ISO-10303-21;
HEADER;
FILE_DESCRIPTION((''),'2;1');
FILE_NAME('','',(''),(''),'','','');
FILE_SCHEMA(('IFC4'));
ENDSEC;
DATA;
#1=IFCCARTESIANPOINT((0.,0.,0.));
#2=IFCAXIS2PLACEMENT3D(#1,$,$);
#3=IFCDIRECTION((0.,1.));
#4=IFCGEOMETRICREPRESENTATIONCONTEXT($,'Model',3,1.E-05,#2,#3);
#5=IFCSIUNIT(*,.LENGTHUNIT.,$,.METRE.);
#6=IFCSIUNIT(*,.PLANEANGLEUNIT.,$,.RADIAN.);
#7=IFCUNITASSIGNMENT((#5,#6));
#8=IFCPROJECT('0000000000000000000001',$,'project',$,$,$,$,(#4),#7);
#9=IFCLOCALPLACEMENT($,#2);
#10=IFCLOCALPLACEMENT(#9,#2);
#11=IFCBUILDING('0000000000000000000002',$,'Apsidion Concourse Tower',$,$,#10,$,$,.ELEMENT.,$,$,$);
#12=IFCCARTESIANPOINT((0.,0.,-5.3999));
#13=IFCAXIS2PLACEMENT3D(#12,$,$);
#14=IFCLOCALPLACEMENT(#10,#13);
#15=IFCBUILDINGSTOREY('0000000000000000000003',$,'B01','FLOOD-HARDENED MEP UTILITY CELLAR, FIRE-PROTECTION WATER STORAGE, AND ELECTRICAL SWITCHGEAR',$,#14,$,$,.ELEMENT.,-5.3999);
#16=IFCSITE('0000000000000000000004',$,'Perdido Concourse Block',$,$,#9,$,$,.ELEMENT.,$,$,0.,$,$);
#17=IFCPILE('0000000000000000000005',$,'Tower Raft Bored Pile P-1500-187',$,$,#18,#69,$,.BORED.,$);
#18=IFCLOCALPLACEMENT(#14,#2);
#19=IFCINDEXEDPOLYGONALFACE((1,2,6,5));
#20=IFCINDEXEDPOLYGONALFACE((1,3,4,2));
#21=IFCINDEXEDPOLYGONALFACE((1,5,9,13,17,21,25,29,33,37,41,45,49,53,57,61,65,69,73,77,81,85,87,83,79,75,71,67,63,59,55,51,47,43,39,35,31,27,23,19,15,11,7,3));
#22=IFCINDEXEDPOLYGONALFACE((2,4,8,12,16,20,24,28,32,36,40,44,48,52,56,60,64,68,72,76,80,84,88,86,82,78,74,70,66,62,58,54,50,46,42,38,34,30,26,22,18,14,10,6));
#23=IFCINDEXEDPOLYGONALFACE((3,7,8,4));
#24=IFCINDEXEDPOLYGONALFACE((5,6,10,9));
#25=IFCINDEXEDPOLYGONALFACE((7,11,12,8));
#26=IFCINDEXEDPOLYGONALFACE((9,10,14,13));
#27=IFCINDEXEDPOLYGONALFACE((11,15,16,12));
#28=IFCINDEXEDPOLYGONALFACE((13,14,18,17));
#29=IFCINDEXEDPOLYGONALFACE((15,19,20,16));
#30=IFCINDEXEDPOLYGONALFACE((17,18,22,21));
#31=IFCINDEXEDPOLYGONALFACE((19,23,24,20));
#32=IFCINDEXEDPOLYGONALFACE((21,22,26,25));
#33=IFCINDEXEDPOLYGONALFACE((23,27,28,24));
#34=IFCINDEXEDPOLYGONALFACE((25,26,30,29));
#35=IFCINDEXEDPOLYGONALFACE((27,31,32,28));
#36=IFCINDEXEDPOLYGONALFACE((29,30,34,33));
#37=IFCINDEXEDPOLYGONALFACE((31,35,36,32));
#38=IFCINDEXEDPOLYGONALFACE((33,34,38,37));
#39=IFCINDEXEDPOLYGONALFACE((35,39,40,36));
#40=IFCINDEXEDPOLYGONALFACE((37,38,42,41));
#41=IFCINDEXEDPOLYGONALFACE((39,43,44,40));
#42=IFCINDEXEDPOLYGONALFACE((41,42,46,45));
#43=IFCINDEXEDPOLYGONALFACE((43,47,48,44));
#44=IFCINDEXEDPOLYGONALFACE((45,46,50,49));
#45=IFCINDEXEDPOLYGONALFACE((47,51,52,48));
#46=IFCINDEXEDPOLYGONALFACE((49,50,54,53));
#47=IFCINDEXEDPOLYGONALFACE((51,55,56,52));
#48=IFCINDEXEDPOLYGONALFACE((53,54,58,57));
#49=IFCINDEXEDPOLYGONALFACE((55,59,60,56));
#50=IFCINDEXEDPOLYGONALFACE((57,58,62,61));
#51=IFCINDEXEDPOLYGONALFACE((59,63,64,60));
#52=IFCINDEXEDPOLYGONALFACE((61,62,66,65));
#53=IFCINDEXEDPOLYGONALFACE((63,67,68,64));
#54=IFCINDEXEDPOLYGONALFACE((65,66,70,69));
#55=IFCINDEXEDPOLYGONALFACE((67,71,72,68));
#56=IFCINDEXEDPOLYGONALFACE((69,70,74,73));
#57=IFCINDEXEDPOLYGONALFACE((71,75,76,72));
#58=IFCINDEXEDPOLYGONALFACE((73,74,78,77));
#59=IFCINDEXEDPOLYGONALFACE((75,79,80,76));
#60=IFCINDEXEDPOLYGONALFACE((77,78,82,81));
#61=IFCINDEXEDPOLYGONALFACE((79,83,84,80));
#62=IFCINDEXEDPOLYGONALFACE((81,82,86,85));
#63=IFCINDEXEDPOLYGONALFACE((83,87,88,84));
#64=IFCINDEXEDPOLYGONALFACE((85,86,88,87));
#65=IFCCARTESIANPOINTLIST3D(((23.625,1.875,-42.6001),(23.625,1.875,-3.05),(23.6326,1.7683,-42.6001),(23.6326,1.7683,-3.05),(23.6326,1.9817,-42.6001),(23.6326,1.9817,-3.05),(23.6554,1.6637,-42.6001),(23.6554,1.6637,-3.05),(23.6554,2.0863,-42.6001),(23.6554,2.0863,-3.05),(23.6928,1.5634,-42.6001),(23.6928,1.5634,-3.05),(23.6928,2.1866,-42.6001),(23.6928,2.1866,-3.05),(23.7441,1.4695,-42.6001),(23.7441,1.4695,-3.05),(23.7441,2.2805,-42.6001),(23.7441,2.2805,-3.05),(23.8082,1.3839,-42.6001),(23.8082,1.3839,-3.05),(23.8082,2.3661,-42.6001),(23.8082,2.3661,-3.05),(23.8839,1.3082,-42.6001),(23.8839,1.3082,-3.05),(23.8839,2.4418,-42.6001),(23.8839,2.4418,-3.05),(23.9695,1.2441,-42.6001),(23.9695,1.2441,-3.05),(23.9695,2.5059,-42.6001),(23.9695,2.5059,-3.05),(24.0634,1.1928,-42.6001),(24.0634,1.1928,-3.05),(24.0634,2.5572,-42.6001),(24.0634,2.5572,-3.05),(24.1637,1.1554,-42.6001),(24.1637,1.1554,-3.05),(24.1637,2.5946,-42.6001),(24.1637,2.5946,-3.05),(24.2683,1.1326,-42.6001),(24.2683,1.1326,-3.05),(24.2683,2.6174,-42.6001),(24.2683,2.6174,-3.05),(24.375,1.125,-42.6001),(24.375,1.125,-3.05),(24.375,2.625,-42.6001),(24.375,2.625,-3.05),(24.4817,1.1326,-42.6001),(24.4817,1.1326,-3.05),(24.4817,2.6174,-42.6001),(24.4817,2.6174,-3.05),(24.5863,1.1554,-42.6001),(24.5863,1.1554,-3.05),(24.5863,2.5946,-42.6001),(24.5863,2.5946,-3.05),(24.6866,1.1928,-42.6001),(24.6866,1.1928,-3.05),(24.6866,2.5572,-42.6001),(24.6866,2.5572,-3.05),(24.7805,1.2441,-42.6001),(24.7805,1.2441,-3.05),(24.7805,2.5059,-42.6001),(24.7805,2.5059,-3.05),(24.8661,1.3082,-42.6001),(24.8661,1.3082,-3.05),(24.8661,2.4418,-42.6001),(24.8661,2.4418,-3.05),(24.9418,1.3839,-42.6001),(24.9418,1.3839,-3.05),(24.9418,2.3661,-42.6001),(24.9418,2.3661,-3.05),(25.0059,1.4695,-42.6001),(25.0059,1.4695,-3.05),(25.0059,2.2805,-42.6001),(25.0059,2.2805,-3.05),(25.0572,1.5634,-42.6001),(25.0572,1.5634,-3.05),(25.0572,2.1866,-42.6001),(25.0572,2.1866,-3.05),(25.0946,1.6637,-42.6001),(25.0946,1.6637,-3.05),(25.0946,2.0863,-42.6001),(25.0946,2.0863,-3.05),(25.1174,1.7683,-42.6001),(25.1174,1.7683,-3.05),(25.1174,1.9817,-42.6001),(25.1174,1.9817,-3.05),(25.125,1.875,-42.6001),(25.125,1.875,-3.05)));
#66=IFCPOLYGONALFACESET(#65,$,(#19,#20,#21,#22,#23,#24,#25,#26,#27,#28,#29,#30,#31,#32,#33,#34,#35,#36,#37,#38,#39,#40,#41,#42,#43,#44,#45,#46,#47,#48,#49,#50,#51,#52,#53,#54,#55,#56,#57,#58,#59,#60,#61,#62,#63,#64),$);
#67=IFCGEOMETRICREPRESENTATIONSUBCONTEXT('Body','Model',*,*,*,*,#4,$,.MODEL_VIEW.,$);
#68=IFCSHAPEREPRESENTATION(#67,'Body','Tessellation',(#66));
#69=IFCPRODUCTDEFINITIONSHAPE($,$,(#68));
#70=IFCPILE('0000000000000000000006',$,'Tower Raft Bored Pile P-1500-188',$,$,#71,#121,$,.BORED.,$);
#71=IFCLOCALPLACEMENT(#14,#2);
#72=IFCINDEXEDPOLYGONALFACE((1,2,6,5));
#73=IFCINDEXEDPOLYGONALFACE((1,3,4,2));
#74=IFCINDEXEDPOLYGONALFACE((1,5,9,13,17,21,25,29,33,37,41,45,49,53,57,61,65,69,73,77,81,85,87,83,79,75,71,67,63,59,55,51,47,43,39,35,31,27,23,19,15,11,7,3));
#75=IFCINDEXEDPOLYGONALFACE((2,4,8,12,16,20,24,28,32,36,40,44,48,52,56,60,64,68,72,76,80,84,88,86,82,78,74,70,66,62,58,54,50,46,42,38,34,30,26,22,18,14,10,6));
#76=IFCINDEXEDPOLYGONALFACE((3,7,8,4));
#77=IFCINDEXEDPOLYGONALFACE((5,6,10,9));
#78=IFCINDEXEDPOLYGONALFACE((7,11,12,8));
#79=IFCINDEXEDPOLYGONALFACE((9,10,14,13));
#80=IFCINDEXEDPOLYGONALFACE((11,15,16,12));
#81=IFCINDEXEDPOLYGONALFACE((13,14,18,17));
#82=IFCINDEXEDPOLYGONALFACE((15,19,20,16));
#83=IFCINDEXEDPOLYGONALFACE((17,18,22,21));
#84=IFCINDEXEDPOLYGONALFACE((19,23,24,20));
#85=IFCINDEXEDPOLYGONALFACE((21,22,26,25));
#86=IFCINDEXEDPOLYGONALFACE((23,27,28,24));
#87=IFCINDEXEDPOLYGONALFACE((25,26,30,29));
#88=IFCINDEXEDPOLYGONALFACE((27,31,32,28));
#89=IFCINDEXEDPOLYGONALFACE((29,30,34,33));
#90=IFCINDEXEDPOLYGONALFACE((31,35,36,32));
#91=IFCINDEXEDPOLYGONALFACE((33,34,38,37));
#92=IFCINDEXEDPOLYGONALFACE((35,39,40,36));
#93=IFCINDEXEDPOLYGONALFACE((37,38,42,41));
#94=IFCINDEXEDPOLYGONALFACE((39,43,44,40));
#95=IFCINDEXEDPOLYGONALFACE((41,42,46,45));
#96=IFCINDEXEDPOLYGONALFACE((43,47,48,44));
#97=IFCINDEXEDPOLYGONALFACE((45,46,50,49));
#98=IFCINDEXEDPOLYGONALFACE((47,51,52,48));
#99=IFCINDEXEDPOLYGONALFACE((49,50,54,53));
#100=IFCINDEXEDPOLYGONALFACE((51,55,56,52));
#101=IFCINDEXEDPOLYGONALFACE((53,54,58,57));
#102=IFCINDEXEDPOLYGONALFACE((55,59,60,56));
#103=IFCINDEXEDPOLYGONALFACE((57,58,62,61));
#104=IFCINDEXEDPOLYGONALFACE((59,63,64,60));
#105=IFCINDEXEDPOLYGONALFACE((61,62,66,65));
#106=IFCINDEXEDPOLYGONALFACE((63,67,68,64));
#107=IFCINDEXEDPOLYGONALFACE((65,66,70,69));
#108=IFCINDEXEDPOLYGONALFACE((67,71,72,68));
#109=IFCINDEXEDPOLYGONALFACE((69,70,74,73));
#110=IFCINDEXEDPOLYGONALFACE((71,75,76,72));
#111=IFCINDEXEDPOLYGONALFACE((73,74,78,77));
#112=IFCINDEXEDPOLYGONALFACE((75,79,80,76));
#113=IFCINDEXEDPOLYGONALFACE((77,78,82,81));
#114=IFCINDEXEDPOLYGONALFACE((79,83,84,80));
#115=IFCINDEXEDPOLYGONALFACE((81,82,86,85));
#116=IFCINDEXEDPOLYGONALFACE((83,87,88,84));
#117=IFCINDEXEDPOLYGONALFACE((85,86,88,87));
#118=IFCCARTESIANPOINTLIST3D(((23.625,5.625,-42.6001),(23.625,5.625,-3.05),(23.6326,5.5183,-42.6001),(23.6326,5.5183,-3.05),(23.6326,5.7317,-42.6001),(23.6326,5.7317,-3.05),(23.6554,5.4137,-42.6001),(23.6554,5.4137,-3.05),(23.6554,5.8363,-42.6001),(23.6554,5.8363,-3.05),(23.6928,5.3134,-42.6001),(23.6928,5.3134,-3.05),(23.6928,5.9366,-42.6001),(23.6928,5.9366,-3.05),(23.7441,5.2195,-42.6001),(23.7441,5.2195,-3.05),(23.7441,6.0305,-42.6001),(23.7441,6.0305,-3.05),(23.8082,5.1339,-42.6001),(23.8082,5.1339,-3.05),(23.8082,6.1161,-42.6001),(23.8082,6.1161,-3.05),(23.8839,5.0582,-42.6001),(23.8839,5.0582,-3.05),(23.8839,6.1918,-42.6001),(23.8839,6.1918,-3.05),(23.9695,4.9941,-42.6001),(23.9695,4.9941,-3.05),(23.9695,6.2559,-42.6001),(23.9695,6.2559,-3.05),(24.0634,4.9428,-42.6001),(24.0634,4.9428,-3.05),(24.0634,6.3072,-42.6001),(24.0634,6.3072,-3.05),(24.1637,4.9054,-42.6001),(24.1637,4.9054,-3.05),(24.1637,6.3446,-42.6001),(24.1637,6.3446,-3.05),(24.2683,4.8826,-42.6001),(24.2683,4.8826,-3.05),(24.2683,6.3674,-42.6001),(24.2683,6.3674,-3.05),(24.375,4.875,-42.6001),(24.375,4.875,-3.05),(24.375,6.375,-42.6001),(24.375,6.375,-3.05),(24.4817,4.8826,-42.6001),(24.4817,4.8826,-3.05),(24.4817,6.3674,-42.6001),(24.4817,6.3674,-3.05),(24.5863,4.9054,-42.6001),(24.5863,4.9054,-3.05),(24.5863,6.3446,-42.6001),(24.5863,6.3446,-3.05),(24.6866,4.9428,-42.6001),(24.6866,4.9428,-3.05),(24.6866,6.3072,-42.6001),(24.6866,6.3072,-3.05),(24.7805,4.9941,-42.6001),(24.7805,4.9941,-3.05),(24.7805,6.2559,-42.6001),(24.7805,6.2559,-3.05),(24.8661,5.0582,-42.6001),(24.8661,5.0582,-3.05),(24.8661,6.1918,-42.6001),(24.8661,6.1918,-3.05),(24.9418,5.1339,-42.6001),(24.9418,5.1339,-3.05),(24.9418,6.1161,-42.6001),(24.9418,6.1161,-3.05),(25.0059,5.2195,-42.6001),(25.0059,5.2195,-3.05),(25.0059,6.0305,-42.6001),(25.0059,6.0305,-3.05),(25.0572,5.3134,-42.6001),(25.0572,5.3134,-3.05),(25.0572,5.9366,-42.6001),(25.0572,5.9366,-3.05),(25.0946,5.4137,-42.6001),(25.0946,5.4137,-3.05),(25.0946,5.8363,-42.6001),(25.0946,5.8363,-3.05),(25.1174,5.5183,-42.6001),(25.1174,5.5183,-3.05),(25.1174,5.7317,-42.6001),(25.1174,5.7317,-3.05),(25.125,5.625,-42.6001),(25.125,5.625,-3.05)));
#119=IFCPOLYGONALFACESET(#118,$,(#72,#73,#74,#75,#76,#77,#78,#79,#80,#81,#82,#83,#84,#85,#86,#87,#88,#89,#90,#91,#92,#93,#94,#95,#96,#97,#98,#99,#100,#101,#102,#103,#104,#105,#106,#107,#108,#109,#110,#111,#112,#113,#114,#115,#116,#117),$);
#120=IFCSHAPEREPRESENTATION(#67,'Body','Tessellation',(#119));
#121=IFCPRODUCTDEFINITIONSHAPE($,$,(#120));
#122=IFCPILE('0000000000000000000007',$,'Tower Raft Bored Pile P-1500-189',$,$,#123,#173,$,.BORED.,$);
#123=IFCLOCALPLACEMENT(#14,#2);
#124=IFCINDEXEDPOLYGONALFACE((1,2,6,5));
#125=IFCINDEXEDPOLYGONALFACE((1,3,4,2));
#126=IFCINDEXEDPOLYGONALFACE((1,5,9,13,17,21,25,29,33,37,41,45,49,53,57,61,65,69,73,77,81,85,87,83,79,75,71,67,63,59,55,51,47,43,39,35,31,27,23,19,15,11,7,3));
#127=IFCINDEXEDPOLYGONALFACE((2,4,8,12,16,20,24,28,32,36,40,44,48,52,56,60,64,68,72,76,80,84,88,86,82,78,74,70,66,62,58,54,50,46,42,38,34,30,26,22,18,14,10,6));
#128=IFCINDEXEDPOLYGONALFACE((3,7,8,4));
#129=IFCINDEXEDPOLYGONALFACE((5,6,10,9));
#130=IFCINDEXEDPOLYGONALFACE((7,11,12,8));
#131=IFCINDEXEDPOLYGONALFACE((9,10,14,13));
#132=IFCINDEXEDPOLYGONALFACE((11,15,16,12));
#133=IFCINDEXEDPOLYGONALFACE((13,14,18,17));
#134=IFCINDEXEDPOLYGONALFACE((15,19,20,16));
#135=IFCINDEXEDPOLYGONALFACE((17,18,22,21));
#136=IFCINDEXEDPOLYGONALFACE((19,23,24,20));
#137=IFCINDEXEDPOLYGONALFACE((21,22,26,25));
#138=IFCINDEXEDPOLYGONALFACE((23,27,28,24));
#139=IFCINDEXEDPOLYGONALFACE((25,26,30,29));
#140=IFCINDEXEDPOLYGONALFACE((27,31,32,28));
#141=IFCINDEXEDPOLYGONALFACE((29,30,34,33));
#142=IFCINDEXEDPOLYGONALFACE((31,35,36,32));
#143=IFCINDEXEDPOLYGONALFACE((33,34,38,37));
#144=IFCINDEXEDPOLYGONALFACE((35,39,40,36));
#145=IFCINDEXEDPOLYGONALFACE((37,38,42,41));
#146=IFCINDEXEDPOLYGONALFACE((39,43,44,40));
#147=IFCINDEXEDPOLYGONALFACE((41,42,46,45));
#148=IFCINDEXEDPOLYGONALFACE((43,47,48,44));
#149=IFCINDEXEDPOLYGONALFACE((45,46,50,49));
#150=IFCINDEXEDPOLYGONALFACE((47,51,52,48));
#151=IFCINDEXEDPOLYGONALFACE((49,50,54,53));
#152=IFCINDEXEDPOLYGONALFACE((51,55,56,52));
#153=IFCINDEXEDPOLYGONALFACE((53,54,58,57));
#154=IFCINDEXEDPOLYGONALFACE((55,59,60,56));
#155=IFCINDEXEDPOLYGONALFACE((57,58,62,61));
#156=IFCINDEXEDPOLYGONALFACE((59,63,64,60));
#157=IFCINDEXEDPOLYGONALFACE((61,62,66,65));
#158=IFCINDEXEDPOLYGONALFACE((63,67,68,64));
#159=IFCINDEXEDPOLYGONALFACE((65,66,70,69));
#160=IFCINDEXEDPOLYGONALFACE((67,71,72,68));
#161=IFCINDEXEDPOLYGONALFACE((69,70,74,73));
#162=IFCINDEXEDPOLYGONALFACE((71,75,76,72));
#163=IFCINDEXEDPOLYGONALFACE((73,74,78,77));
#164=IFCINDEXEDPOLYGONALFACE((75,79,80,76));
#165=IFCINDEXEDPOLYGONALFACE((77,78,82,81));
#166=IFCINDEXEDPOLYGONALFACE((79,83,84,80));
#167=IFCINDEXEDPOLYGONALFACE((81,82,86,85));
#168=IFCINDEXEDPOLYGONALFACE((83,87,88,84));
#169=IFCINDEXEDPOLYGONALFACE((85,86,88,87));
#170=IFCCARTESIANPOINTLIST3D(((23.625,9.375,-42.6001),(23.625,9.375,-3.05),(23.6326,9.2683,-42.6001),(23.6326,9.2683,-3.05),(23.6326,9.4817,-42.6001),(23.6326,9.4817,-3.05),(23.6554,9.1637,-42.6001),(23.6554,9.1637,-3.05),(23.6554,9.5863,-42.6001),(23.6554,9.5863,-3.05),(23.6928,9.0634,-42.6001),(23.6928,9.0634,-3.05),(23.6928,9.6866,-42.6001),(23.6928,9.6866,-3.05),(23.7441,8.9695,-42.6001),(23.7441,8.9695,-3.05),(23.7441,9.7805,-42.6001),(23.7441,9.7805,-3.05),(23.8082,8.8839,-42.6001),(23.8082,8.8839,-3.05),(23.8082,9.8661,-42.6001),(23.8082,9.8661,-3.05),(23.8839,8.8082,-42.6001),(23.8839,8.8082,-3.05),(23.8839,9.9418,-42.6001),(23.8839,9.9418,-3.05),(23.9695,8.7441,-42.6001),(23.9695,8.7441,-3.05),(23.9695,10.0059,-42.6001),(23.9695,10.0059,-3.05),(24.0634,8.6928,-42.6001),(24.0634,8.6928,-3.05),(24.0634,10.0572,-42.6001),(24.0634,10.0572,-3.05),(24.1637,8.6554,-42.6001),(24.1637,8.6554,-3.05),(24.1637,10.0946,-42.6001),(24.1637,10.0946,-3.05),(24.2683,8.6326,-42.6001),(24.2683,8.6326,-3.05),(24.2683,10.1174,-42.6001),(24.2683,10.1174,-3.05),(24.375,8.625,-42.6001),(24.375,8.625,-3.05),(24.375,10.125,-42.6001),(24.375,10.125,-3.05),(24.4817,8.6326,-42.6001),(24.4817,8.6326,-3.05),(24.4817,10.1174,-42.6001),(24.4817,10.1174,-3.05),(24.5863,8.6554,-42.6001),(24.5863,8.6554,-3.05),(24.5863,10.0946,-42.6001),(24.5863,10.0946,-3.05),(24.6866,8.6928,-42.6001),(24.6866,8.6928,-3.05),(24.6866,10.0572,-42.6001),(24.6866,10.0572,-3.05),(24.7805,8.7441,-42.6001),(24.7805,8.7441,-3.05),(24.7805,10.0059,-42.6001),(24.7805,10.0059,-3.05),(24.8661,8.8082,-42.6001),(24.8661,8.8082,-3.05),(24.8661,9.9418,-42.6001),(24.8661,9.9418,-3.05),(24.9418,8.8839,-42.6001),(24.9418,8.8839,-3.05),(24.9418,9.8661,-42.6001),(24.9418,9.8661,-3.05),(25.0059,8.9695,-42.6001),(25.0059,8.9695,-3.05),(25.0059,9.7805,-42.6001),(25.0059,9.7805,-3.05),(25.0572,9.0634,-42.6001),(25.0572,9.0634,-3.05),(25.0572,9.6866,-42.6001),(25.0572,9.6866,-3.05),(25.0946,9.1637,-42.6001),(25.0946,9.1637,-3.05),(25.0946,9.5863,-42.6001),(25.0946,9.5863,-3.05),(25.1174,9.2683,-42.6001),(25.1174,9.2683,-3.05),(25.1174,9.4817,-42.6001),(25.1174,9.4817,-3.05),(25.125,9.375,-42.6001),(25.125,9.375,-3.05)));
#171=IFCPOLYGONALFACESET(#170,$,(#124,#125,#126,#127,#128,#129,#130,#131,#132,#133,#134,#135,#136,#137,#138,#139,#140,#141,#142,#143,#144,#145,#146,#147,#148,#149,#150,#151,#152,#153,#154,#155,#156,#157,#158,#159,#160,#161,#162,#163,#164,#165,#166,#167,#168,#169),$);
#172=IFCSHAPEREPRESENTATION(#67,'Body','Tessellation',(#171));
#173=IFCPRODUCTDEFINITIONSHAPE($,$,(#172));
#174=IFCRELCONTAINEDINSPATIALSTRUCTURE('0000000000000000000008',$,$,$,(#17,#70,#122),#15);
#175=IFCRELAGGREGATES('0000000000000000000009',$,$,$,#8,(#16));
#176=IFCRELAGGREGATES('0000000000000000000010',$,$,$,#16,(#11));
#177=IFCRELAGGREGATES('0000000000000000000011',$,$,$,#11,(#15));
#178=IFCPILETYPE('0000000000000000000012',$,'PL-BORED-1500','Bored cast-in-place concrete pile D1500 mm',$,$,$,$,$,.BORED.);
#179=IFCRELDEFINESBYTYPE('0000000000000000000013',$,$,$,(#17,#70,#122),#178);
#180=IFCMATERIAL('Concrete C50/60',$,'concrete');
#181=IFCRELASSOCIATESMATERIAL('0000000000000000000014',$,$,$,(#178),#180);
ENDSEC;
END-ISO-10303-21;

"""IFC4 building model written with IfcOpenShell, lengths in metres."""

from ifc_helpers import new_model, si_unit, direction, frame, origin, origin_2d, place, context, subcontext, project, spatial, circle, extrude, material, material_profile, profile_set, type_object, element, save


model = new_model("IFC4")

# Units and contexts
model_context = context("Model", 3, precision=1e-05, world=origin(), true_north=direction((0.0, 1.0)))
body_context = subcontext(model_context, "Body", "Model", "MODEL_VIEW")
ifc_project = project(units=[si_unit("LENGTHUNIT", "METRE"), si_unit("PLANEANGLEUNIT", "RADIAN")], contexts=[model_context])

# Site, building, storey
site_placement = place(None, origin())
site = spatial("IfcSite", under=ifc_project, at=site_placement, Name="Perdido Concourse Block", CompositionType="ELEMENT", RefElevation=0.0)
building_placement = place(site_placement, origin())
building = spatial("IfcBuilding", under=site, at=building_placement, Name="Apsidion Concourse Tower", CompositionType="ELEMENT")
storey_placement = place(building_placement, frame((0.0, 0.0, -5.3999)))
storey = spatial("IfcBuildingStorey", under=building, at=storey_placement, Name="B01", Description="FLOOD-HARDENED MEP UTILITY CELLAR, FIRE-PROTECTION WATER STORAGE, AND ELECTRICAL SWITCHGEAR", CompositionType="ELEMENT", Elevation=-5.3999)

# Shared definitions
ifc_material_1 = material(Name="Concrete C50/60", Category="concrete")

# Piles
ifc_material_profile_1 = material_profile(ifc_material_1, circle(Radius=0.75, at=origin_2d()), Name="BORED PILE D1500")
ifc_profile_set_1 = profile_set([ifc_material_profile_1], Name="Concrete C50/60")
pile_type_1 = type_object("IfcPileType", Name="PL-BORED-1500", Description="Bored cast-in-place concrete pile D1500 mm", PredefinedType="BORED", material=ifc_profile_set_1)
for number, where, z_axis, x_axis, name in (
    (1, (24.375, 1.875, -3.05), (0.0, 0.0, -1.0), (1.0, 0.0, 0.0), "Tower Raft Bored Pile P-1500-187"),
    (2, (24.375, 5.625, -3.05), (0.0, 0.0, -1.0), (1.0, 0.0, 0.0), "Tower Raft Bored Pile P-1500-188"),
    (3, (24.375, 9.375, -3.05), (0.0, 0.0, -1.0), (1.0, 0.0, 0.0), "Tower Raft Bored Pile P-1500-189"),
):
    element("IfcPile", number, at=place(storey_placement, frame(where, z_axis=z_axis, x_axis=x_axis)), inside=storey, type_object=pile_type_1, Name=name, PredefinedType="BORED", context=body_context, shape_type="SweptSolid", body=[
        extrude(circle(Radius=0.75, at=origin_2d()), origin(), (0.0, 0.0, 1.0), 39.55),
    ])

save(model, "model.ifc")
